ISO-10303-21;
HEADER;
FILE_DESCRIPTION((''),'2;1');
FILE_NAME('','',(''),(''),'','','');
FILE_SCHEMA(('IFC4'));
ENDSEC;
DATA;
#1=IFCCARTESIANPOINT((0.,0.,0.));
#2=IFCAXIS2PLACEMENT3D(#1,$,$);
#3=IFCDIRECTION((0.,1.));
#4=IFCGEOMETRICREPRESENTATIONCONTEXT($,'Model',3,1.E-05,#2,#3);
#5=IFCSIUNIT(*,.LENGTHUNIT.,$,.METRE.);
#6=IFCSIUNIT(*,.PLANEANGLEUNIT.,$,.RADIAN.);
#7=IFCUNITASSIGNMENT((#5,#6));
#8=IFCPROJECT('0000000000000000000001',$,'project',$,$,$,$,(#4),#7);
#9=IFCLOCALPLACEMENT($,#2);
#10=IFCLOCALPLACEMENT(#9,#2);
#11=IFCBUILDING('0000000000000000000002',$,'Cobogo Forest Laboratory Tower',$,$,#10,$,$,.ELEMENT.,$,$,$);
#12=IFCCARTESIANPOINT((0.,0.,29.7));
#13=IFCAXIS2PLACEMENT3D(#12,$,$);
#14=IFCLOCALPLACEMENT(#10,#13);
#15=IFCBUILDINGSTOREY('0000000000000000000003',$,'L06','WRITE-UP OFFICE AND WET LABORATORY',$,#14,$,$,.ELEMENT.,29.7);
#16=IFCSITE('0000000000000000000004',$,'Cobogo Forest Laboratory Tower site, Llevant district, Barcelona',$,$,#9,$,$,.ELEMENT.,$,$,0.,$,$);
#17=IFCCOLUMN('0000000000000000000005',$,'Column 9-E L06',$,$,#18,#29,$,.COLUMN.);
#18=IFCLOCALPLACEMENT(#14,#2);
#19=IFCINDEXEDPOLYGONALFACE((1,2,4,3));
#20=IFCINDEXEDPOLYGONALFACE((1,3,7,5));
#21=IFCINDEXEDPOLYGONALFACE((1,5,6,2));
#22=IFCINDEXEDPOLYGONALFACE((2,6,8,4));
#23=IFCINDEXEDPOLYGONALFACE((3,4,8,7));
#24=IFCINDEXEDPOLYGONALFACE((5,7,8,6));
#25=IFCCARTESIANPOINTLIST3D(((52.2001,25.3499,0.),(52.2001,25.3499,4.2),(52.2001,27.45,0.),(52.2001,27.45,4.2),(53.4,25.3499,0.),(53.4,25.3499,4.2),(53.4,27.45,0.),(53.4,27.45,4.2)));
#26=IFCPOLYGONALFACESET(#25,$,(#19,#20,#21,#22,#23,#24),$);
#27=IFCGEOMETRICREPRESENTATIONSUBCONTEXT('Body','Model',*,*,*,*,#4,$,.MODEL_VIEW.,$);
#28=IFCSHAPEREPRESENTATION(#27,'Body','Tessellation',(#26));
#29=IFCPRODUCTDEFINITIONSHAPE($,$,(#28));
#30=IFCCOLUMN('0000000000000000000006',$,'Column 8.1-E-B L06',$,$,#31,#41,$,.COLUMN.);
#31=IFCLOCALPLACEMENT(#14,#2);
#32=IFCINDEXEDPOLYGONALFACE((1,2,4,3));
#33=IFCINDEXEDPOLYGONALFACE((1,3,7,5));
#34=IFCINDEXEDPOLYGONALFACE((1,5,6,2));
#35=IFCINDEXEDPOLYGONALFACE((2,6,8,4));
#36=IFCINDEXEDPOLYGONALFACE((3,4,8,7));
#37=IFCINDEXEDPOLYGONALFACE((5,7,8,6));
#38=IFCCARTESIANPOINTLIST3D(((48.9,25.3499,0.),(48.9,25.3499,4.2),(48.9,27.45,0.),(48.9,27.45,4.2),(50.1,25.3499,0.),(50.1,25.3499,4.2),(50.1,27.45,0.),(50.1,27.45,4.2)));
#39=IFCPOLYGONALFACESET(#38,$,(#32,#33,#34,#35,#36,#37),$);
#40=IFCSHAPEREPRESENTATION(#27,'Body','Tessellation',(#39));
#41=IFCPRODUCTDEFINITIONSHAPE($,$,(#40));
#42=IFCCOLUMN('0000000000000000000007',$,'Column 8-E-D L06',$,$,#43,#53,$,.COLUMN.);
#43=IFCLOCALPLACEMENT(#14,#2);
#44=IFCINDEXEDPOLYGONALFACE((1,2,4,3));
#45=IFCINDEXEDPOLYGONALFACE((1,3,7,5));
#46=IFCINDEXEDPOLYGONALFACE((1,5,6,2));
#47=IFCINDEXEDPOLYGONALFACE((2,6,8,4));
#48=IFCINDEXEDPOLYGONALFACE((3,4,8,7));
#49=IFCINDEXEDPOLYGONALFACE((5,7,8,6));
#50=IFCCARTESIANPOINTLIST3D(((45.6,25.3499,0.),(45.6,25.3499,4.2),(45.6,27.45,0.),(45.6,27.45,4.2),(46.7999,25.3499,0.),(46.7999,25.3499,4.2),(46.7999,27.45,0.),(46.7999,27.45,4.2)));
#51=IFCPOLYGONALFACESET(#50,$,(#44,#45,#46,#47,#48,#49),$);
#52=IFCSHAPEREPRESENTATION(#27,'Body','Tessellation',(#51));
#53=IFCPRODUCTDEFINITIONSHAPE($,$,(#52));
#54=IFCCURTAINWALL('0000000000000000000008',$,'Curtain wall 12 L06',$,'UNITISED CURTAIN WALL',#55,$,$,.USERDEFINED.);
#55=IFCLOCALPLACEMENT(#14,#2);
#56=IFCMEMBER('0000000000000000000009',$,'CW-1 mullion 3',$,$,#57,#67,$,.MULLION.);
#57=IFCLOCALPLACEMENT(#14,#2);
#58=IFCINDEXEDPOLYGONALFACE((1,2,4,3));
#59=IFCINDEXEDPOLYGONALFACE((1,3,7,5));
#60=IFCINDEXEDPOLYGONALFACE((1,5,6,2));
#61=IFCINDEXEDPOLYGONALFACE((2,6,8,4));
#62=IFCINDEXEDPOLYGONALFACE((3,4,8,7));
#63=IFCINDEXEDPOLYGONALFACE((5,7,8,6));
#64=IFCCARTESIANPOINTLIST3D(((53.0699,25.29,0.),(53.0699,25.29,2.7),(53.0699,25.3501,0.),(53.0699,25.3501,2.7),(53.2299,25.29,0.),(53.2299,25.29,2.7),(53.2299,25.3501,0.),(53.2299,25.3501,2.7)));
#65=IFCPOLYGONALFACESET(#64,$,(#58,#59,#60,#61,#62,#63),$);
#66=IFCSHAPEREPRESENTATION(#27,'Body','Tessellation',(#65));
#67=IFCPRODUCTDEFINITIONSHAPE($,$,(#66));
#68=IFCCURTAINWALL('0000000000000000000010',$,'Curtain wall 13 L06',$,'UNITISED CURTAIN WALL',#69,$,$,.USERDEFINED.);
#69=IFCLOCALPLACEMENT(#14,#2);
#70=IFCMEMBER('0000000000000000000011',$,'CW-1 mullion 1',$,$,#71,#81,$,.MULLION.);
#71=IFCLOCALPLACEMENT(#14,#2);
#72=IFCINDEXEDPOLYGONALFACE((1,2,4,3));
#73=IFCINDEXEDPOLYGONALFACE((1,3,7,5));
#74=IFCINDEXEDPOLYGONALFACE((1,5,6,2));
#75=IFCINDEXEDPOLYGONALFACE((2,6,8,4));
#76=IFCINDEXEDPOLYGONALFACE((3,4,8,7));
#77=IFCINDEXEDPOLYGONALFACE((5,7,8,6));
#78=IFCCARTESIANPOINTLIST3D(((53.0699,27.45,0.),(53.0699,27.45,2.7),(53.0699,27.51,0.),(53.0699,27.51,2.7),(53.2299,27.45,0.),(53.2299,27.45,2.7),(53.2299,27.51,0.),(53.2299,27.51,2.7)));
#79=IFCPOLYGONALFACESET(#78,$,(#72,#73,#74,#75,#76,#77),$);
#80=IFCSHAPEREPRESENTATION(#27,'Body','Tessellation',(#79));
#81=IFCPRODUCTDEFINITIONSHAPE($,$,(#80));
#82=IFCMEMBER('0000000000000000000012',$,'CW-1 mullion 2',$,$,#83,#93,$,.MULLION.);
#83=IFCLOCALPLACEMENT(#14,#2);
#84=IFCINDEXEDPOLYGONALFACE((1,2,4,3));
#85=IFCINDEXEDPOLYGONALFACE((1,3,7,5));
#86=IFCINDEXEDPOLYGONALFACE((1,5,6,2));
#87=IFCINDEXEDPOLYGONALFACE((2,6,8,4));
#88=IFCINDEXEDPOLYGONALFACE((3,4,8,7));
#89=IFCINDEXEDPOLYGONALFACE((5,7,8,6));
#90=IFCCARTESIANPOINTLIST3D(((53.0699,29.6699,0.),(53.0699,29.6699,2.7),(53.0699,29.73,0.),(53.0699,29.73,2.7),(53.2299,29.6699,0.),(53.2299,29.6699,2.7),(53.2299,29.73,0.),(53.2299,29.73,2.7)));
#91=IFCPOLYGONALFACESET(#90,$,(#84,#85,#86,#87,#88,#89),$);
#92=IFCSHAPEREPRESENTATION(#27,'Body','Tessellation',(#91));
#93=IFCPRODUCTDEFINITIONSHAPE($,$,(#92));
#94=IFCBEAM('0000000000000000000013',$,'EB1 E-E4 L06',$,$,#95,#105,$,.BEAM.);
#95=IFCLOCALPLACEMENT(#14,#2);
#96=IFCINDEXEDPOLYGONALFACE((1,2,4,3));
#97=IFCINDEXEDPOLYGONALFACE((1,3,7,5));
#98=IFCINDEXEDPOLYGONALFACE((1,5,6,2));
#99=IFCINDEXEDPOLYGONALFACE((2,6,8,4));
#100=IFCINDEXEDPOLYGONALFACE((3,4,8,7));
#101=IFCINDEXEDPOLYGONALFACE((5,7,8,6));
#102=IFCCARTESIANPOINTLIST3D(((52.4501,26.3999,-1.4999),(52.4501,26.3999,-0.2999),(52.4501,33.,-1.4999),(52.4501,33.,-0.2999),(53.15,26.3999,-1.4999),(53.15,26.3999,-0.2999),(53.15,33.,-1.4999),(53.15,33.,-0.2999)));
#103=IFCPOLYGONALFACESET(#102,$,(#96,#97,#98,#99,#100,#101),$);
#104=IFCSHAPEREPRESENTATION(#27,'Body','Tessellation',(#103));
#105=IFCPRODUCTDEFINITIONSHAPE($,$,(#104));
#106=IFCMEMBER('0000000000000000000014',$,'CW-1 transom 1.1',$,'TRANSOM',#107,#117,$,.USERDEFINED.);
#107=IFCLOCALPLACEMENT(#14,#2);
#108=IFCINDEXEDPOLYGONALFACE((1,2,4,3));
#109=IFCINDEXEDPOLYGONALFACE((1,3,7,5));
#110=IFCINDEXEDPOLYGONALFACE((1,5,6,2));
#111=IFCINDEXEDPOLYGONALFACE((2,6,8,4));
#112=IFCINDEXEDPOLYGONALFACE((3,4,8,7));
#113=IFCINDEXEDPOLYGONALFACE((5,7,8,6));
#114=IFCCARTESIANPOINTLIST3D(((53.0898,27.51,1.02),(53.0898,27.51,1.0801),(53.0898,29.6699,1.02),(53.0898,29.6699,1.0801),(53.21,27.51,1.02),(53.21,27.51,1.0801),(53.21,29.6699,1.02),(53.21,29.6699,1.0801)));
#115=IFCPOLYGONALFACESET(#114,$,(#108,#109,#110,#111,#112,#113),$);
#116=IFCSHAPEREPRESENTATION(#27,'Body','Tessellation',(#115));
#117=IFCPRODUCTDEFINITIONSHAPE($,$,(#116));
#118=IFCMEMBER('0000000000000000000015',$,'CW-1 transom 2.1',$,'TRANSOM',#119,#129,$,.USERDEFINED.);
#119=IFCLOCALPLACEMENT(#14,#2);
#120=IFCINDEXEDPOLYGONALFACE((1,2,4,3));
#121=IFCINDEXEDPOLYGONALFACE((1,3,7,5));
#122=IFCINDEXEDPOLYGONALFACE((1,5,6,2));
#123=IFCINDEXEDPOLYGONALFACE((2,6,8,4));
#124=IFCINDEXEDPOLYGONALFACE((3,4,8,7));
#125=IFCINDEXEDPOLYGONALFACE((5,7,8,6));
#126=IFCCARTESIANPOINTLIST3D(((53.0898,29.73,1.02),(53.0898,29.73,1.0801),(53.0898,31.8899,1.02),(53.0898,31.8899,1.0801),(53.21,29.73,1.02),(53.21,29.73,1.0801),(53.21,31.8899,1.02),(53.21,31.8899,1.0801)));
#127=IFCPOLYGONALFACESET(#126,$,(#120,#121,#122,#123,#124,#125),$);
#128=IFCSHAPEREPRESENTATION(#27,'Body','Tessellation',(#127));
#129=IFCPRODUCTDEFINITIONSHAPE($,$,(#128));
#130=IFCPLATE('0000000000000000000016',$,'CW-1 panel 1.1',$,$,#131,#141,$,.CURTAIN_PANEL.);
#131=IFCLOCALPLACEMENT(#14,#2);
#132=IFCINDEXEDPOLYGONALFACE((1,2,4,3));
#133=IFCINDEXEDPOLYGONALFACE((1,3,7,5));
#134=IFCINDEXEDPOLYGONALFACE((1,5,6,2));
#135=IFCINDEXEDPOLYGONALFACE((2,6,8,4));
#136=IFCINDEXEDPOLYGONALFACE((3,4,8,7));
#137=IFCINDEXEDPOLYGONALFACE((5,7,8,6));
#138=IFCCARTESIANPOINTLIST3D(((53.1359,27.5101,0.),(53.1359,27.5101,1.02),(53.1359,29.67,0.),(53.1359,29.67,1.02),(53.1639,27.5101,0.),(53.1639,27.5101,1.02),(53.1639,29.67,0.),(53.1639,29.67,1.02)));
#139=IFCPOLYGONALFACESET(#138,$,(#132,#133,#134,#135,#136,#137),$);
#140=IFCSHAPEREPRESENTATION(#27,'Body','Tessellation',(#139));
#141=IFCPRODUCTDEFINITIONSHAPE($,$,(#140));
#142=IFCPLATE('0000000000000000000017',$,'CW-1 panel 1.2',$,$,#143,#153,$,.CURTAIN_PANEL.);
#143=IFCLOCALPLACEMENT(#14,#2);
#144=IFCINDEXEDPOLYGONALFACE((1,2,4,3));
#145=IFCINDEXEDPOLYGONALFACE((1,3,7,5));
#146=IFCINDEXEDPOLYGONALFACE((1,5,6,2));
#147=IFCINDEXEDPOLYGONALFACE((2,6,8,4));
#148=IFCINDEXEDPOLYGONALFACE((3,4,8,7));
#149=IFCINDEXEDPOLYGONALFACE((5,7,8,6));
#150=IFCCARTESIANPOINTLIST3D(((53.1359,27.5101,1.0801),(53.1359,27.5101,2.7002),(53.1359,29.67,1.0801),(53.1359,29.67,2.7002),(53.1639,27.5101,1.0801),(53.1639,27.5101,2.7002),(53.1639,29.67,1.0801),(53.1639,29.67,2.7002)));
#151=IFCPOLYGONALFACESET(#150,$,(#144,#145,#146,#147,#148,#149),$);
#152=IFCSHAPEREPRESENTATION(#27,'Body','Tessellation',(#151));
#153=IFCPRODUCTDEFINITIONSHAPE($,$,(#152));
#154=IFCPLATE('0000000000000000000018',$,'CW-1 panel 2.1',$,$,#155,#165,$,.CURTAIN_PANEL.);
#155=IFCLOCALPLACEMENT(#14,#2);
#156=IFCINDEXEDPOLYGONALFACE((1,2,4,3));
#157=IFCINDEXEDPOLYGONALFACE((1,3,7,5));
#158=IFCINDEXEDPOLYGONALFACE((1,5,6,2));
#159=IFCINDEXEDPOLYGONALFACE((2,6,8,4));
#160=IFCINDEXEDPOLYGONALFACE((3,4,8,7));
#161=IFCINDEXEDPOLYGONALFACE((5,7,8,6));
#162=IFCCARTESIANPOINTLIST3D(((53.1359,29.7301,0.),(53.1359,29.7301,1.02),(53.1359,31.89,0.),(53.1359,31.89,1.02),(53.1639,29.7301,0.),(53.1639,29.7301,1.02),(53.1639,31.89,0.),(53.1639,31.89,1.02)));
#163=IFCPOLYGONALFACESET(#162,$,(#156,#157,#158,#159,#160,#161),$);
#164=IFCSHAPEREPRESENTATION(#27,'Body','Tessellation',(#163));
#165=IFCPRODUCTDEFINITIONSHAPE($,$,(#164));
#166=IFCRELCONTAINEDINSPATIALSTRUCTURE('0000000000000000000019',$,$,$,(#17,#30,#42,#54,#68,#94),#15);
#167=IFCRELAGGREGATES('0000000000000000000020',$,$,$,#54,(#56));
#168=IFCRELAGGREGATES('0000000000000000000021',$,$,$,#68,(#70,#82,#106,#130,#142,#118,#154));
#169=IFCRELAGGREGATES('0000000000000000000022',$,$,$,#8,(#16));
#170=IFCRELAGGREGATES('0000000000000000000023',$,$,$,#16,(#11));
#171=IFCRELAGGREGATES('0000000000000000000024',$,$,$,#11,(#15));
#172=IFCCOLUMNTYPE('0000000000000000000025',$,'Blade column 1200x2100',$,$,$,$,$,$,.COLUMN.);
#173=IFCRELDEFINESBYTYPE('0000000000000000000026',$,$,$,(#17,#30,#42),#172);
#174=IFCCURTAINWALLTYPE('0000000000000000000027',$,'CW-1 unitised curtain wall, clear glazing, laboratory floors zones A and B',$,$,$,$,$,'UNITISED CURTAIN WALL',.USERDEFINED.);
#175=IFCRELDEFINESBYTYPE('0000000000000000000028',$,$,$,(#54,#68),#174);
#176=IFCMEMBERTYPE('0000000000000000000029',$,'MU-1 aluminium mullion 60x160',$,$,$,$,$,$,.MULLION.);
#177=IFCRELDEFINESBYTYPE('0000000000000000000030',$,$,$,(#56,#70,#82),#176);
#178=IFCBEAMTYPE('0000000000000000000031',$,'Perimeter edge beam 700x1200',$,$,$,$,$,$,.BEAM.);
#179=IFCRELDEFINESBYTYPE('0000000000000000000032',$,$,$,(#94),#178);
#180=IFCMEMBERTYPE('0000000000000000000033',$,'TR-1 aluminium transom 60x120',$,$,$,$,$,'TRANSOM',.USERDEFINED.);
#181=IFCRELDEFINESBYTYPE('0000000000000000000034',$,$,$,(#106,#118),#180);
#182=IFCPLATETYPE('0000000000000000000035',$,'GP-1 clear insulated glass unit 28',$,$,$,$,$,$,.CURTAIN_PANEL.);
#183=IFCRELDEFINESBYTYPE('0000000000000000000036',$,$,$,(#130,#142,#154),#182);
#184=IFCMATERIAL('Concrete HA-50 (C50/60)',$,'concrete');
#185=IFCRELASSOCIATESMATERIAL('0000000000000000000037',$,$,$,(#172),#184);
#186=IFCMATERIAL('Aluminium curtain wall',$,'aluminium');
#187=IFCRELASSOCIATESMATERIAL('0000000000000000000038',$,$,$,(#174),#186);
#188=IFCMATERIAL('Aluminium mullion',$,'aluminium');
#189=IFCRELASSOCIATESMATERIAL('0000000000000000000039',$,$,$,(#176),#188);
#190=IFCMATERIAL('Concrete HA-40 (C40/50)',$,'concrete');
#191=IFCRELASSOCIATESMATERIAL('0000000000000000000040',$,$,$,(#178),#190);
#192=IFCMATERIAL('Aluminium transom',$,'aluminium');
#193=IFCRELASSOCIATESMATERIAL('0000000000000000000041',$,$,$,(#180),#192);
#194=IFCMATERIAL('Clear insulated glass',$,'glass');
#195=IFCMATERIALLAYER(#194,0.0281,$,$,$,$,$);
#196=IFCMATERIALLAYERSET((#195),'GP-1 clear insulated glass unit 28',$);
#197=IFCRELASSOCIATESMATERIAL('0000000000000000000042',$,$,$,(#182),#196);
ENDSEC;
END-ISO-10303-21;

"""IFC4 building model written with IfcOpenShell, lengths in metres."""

from ifc_helpers import new_model, si_unit, direction, frame, origin, origin_2d, place, context, subcontext, project, spatial, rectangle, extrude, material, layer, layer_set, material_profile, profile_set, type_object, element, aggregate, save


model = new_model("IFC4")

# Units and contexts
model_context = context("Model", 3, precision=1e-05, world=origin(), true_north=direction((0.0, 1.0)))
body_context = subcontext(model_context, "Body", "Model", "MODEL_VIEW")
ifc_project = project(units=[si_unit("LENGTHUNIT", "METRE"), si_unit("PLANEANGLEUNIT", "RADIAN")], contexts=[model_context])

# Site, building, storey
site_placement = place(None, origin())
site = spatial("IfcSite", under=ifc_project, at=site_placement, Name="Cobogo Forest Laboratory Tower site, Llevant district, Barcelona", CompositionType="ELEMENT", RefElevation=0.0)
building_placement = place(site_placement, origin())
building = spatial("IfcBuilding", under=site, at=building_placement, Name="Cobogo Forest Laboratory Tower", CompositionType="ELEMENT")
storey_placement = place(building_placement, frame((0.0, 0.0, 29.7)))
storey = spatial("IfcBuildingStorey", under=building, at=storey_placement, Name="L06", Description="WRITE-UP OFFICE AND WET LABORATORY", CompositionType="ELEMENT", Elevation=29.7)

# Columns
ifc_material_1 = material(Name="Concrete HA-50 (C50/60)", Category="concrete")
ifc_material_profile_1 = material_profile(ifc_material_1, rectangle(XDim=2.1001, YDim=1.2, at=origin_2d()), Name="RC 1200x2100")
ifc_profile_set_1 = profile_set([ifc_material_profile_1], Name="Concrete HA-50 (C50/60)")
column_type = type_object("IfcColumnType", Name="Blade column 1200x2100", PredefinedType="COLUMN", material=ifc_profile_set_1)
for number, where, z_axis, x_axis, name in (
    (1, (52.8, 26.3999, 0.0), (0.0, 0.0, 1.0), (0.0, 1.0, 0.0), "Column 9-E L06"),
    (2, (49.5, 26.3999, 0.0), (0.0, 0.0, 1.0), (0.0, 1.0, 0.0), "Column 8.1-E-B L06"),
    (3, (46.2, 26.3999, 0.0), (0.0, 0.0, 1.0), (0.0, 1.0, 0.0), "Column 8-E-D L06"),
):
    element("IfcColumn", number, at=place(storey_placement, frame(where, z_axis=z_axis, x_axis=x_axis)), inside=storey, type_object=column_type, Name=name, PredefinedType="COLUMN", context=body_context, shape_type="SweptSolid", body=[
        extrude(rectangle(XDim=2.1001, YDim=1.2, at=origin_2d()), origin(), (0.0, 0.0, 1.0), 4.2),
    ])

# Curtain wall, member
ifc_material_2 = material(Name="Aluminium curtain wall", Category="aluminium")
curtain_wall_type = type_object("IfcCurtainWallType", Name="CW-1 unitised curtain wall, clear glazing, laboratory floors zones A and B", ElementType="UNITISED CURTAIN WALL", PredefinedType="USERDEFINED", material=ifc_material_2)
curtain_wall_1_placement = place(storey_placement, origin())
curtain_wall_1 = element("IfcCurtainWall", 4, at=curtain_wall_1_placement, inside=storey, type_object=curtain_wall_type, Name="Curtain wall 12 L06", ObjectType="UNITISED CURTAIN WALL", PredefinedType="USERDEFINED")
ifc_material_3 = material(Name="Aluminium mullion", Category="aluminium")
ifc_material_profile_2 = material_profile(ifc_material_3, rectangle(XDim=0.0601, YDim=0.1599, at=origin_2d()), Name="AL 60x160")
ifc_profile_set_2 = profile_set([ifc_material_profile_2], Name="Aluminium mullion")
member_type_1 = type_object("IfcMemberType", Name="MU-1 aluminium mullion 60x160", PredefinedType="MULLION", material=ifc_profile_set_2)
member_1_placement = place(storey_placement, frame((53.1499, 25.3201, 0.0), z_axis=(0.0, 0.0, 1.0), x_axis=(0.0, 1.0, 0.0)))
member_1 = element("IfcMember", 5, at=member_1_placement, type_object=member_type_1, Name="CW-1 mullion 3", PredefinedType="MULLION", context=body_context, shape_type="SweptSolid", body=[
    extrude(rectangle(XDim=0.0601, YDim=0.1599, at=origin_2d()), origin(), (0.0, 0.0, 1.0), 2.7),
])
aggregate(curtain_wall_1, [member_1])

# Curtain wall, members
curtain_wall_2_placement = place(storey_placement, origin())
curtain_wall_2 = element("IfcCurtainWall", 6, at=curtain_wall_2_placement, inside=storey, type_object=curtain_wall_type, Name="Curtain wall 13 L06", ObjectType="UNITISED CURTAIN WALL", PredefinedType="USERDEFINED")
member_2_placement = place(storey_placement, frame((53.1499, 27.48, 0.0), z_axis=(0.0, 0.0, 1.0), x_axis=(0.0, 1.0, 0.0)))
member_2 = element("IfcMember", 7, at=member_2_placement, type_object=member_type_1, Name="CW-1 mullion 1", PredefinedType="MULLION", context=body_context, shape_type="SweptSolid", body=[
    extrude(rectangle(XDim=0.0601, YDim=0.1599, at=origin_2d()), origin(), (0.0, 0.0, 1.0), 2.7),
])
member_3_placement = place(storey_placement, frame((53.1499, 29.7, 0.0), z_axis=(0.0, 0.0, 1.0), x_axis=(0.0, 1.0, 0.0)))
member_3 = element("IfcMember", 8, at=member_3_placement, type_object=member_type_1, Name="CW-1 mullion 2", PredefinedType="MULLION", context=body_context, shape_type="SweptSolid", body=[
    extrude(rectangle(XDim=0.0601, YDim=0.1599, at=origin_2d()), origin(), (0.0, 0.0, 1.0), 2.7),
])

# Beam
ifc_material_4 = material(Name="Concrete HA-40 (C40/50)", Category="concrete")
ifc_material_profile_3 = material_profile(ifc_material_4, rectangle(XDim=0.7, YDim=1.2, at=origin_2d()), Name="RC 700x1200")
ifc_profile_set_3 = profile_set([ifc_material_profile_3], Name="Concrete HA-40 (C40/50)")
beam_type = type_object("IfcBeamType", Name="Perimeter edge beam 700x1200", PredefinedType="BEAM", material=ifc_profile_set_3)
beam_placement = place(storey_placement, frame((52.8, 26.3999, -0.8999), z_axis=(0.0, 1.0, 0.0), x_axis=(-1.0, 0.0, 0.0)))
element("IfcBeam", 9, at=beam_placement, inside=storey, type_object=beam_type, Name="EB1 E-E4 L06", PredefinedType="BEAM", context=body_context, shape_type="SweptSolid", body=[
    extrude(rectangle(XDim=0.7, YDim=1.2, at=origin_2d()), origin(), (0.0, 0.0, 1.0), 6.6001),
])

# Members
ifc_material_5 = material(Name="Aluminium transom", Category="aluminium")
ifc_material_profile_4 = material_profile(ifc_material_5, rectangle(XDim=0.1201, YDim=0.0601, at=origin_2d()), Name="AL 60x120")
ifc_profile_set_4 = profile_set([ifc_material_profile_4], Name="Aluminium transom")
member_type_2 = type_object("IfcMemberType", Name="TR-1 aluminium transom 60x120", ElementType="TRANSOM", PredefinedType="USERDEFINED", material=ifc_profile_set_4)
member_4_placement = place(storey_placement, frame((53.1499, 27.51, 1.05), z_axis=(0.0, 1.0, 0.0), x_axis=(-1.0, 0.0, 0.0)))
member_4 = element("IfcMember", 10, at=member_4_placement, type_object=member_type_2, Name="CW-1 transom 1.1", ObjectType="TRANSOM", PredefinedType="USERDEFINED", context=body_context, shape_type="SweptSolid", body=[
    extrude(rectangle(XDim=0.1201, YDim=0.0601, at=origin_2d()), origin(), (0.0, 0.0, 1.0), 2.1599),
])
member_5_placement = place(storey_placement, frame((53.1499, 29.73, 1.05), z_axis=(0.0, 1.0, 0.0), x_axis=(-1.0, 0.0, 0.0)))
member_5 = element("IfcMember", 11, at=member_5_placement, type_object=member_type_2, Name="CW-1 transom 2.1", ObjectType="TRANSOM", PredefinedType="USERDEFINED", context=body_context, shape_type="SweptSolid", body=[
    extrude(rectangle(XDim=0.1201, YDim=0.0601, at=origin_2d()), origin(), (0.0, 0.0, 1.0), 2.1599),
])

# Plates
ifc_material_6 = material(Name="Clear insulated glass", Category="glass")
ifc_layer_1 = layer(ifc_material_6, 0.0281)
ifc_layer_set_1 = layer_set([ifc_layer_1], Name="GP-1 clear insulated glass unit 28")
plate_type_1 = type_object("IfcPlateType", Name="GP-1 clear insulated glass unit 28", PredefinedType="CURTAIN_PANEL", material=ifc_layer_set_1)
plate_1_placement = place(storey_placement, frame((53.1499, 28.5901, 0.0), z_axis=(0.0, 0.0, 1.0), x_axis=(0.0, 1.0, 0.0)))
plate_1 = element("IfcPlate", 12, at=plate_1_placement, type_object=plate_type_1, Name="CW-1 panel 1.1", PredefinedType="CURTAIN_PANEL", context=body_context, shape_type="SweptSolid", body=[
    extrude(rectangle(XDim=2.1599, YDim=0.0281, at=origin_2d()), origin(), (0.0, 0.0, 1.0), 1.02),
])
plate_2_placement = place(storey_placement, frame((53.1499, 28.5901, 1.0801), z_axis=(0.0, 0.0, 1.0), x_axis=(0.0, 1.0, 0.0)))
plate_2 = element("IfcPlate", 13, at=plate_2_placement, type_object=plate_type_1, Name="CW-1 panel 1.2", PredefinedType="CURTAIN_PANEL", context=body_context, shape_type="SweptSolid", body=[
    extrude(rectangle(XDim=2.1599, YDim=0.0281, at=origin_2d()), origin(), (0.0, 0.0, 1.0), 1.6201),
])
plate_3_placement = place(storey_placement, frame((53.1499, 30.8101, 0.0), z_axis=(0.0, 0.0, 1.0), x_axis=(0.0, 1.0, 0.0)))
plate_3 = element("IfcPlate", 14, at=plate_3_placement, type_object=plate_type_1, Name="CW-1 panel 2.1", PredefinedType="CURTAIN_PANEL", context=body_context, shape_type="SweptSolid", body=[
    extrude(rectangle(XDim=2.1599, YDim=0.0281, at=origin_2d()), origin(), (0.0, 0.0, 1.0), 1.02),
])
aggregate(curtain_wall_2, [member_2, member_3, member_4, plate_1, plate_2, member_5, plate_3])

save(model, "model.ifc")
